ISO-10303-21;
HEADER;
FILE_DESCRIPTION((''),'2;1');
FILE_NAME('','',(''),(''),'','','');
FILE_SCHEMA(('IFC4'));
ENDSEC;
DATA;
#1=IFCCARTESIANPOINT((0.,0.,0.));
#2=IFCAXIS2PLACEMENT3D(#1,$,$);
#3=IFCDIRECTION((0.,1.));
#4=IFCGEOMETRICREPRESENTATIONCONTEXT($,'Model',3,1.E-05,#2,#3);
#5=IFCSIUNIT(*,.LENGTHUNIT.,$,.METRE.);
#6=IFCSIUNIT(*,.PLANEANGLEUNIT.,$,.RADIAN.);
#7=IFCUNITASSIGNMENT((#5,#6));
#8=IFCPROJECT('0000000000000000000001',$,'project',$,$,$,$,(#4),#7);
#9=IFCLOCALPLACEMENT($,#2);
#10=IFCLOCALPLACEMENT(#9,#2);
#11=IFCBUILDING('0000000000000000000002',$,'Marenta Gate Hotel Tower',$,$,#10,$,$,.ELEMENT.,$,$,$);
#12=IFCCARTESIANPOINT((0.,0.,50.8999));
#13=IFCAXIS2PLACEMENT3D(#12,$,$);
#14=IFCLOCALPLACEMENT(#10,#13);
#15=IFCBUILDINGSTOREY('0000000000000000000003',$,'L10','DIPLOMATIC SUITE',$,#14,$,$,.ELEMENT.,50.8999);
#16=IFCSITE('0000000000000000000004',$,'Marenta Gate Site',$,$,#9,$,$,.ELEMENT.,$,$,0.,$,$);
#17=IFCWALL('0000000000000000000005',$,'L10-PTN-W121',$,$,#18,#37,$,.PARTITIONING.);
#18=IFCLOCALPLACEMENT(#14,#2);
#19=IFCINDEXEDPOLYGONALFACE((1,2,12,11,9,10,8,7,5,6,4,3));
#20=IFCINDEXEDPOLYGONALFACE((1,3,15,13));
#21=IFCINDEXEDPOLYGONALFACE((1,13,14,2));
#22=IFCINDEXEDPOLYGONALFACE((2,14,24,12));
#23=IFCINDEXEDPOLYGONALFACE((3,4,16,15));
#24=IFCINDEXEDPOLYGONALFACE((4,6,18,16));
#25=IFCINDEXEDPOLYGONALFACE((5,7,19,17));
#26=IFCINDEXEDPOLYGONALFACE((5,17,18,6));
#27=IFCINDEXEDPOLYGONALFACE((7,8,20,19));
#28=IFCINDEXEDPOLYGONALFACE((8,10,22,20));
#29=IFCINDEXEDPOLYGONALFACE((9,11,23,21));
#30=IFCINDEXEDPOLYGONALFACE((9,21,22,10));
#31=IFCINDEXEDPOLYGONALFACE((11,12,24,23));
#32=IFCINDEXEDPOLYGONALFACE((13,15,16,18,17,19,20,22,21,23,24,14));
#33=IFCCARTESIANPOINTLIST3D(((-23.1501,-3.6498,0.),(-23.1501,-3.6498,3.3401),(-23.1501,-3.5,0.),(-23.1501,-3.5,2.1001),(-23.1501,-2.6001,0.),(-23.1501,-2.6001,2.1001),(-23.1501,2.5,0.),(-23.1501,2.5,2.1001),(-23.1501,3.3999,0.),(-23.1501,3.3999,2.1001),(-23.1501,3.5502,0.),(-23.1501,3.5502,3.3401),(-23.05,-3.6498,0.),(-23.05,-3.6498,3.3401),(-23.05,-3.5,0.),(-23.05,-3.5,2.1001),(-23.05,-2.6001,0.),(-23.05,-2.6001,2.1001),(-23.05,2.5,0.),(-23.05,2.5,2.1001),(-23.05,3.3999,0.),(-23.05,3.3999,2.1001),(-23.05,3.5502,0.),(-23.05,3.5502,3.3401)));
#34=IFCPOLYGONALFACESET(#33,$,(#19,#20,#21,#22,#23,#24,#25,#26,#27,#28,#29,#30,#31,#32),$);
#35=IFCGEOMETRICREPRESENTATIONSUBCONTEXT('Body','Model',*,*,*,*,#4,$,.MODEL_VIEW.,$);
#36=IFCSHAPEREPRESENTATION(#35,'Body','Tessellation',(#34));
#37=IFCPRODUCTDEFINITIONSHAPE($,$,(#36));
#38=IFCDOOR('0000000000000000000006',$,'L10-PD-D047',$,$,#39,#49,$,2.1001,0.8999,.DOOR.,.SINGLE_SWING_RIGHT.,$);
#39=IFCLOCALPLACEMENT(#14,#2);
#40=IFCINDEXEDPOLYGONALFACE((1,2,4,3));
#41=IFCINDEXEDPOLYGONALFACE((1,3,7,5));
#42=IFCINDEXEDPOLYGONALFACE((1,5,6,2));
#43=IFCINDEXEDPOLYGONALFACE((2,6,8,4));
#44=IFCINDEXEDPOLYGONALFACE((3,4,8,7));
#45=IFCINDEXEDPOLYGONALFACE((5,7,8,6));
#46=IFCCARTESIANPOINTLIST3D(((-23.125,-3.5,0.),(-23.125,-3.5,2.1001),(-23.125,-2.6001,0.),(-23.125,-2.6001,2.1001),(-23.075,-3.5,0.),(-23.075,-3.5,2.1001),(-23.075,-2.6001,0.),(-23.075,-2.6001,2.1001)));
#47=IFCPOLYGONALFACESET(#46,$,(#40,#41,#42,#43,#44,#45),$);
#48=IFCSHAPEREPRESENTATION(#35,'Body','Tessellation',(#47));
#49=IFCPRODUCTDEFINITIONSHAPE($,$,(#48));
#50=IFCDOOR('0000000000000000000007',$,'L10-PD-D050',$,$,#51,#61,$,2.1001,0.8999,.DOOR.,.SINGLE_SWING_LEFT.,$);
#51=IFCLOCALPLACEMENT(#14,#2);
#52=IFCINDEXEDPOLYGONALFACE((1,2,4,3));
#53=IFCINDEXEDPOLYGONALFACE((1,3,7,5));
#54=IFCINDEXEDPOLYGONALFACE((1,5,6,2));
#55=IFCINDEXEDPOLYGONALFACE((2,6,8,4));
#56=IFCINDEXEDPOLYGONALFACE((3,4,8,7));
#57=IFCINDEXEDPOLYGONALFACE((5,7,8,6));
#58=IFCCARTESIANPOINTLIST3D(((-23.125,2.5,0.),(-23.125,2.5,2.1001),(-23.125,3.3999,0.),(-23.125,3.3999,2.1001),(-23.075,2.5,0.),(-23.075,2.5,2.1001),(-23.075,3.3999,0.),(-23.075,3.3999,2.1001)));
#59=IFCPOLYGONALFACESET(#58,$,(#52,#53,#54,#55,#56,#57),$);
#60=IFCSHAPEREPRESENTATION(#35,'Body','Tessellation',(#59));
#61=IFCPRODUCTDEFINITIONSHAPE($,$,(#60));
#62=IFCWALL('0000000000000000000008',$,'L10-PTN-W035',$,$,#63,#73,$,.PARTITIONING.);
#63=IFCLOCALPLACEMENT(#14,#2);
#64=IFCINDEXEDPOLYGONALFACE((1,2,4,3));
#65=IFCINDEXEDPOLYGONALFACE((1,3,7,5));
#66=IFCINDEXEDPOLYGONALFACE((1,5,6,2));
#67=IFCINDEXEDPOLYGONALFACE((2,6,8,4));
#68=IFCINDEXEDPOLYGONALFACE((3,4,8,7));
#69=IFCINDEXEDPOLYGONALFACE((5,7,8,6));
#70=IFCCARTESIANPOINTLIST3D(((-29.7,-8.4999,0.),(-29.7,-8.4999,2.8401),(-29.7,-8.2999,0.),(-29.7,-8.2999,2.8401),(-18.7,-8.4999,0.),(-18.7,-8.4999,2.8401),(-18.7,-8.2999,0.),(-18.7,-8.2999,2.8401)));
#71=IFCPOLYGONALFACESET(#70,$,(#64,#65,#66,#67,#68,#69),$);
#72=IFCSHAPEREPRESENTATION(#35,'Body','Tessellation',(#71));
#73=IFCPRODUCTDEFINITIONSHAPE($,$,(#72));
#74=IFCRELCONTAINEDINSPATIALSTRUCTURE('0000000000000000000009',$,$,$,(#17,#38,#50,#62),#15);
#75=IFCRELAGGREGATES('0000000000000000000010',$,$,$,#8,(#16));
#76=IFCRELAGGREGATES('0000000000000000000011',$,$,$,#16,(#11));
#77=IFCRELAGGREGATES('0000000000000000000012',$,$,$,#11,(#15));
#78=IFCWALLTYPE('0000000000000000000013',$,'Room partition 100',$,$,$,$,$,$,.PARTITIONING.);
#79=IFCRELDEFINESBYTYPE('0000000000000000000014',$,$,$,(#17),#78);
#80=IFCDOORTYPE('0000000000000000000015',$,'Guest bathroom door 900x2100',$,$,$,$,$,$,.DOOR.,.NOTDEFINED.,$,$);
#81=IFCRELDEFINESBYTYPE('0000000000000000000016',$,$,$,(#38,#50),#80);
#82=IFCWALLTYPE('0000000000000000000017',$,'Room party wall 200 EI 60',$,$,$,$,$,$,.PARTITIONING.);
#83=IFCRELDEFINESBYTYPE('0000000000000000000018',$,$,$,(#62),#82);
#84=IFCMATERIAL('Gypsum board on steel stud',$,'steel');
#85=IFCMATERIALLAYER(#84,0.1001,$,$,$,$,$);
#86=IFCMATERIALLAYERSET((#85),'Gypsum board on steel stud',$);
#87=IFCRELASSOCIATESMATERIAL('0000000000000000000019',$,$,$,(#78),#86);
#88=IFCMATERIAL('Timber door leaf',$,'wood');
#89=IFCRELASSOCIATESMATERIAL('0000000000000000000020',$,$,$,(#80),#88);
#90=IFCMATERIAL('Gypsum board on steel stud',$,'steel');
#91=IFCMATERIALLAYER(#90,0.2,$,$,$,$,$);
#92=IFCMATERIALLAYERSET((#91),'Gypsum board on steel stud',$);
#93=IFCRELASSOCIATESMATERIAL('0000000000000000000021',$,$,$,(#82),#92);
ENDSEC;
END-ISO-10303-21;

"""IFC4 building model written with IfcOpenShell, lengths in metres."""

from ifc_helpers import new_model, si_unit, direction, frame, frame_2d, origin, place, context, subcontext, project, spatial, rectangle, extrude, material, layer, layer_set, type_object, element, fill, save


model = new_model("IFC4")

# Units and contexts
model_context = context("Model", 3, precision=1e-05, world=origin(), true_north=direction((0.0, 1.0)))
body_context = subcontext(model_context, "Body", "Model", "MODEL_VIEW")
ifc_project = project(units=[si_unit("LENGTHUNIT", "METRE"), si_unit("PLANEANGLEUNIT", "RADIAN")], contexts=[model_context])

# Site, building, storey
site_placement = place(None, origin())
site = spatial("IfcSite", under=ifc_project, at=site_placement, Name="Marenta Gate Site", CompositionType="ELEMENT", RefElevation=0.0)
building_placement = place(site_placement, origin())
building = spatial("IfcBuilding", under=site, at=building_placement, Name="Marenta Gate Hotel Tower", CompositionType="ELEMENT")
storey_placement = place(building_placement, frame((0.0, 0.0, 50.8999)))
storey = spatial("IfcBuildingStorey", under=building, at=storey_placement, Name="L10", Description="DIPLOMATIC SUITE", CompositionType="ELEMENT", Elevation=50.8999)

# Shared definitions
ifc_material_1 = material(Name="Gypsum board on steel stud", Category="steel")
ifc_layer_1 = layer(ifc_material_1, 0.1001)
ifc_layer_set_1 = layer_set([ifc_layer_1], Name="Gypsum board on steel stud")
wall_type_1 = type_object("IfcWallType", Name="Room partition 100", PredefinedType="PARTITIONING", material=ifc_layer_set_1)

# Wall, openings, doors
wall_1_placement = place(storey_placement, frame((-23.1001, -3.6499, 0.0), z_axis=(0.0, 0.0, 1.0), x_axis=(0.0, 1.0, 0.0)))
wall_1 = element("IfcWall", 1, at=wall_1_placement, inside=storey, type_object=wall_type_1, Name="L10-PTN-W121", PredefinedType="PARTITIONING", context=body_context, shape_type="SweptSolid", body=[
    extrude(rectangle(XDim=7.2, YDim=0.1001, at=frame_2d((3.6001, 0.0))), origin(), (0.0, 0.0, 1.0), 3.3401),
])
opening_1_placement = place(wall_1_placement, frame((0.1499, 0.0, 0.0)))
opening_1 = element("IfcOpeningElement", 2, at=opening_1_placement, cuts=wall_1, PredefinedType="OPENING", context=body_context, shape_type="SweptSolid", body=[
    extrude(rectangle(XDim=0.8999, YDim=2.1001, at=frame_2d((0.45, 1.05))), frame((0.0, 0.05, 0.0), z_axis=(0.0, -1.0, 0.0), x_axis=(1.0, 0.0, 0.0)), (0.0, 0.0, 1.0), 0.1001),
])
opening_2_placement = place(wall_1_placement, frame((6.1499, 0.0, 0.0)))
opening_2 = element("IfcOpeningElement", 3, at=opening_2_placement, cuts=wall_1, PredefinedType="OPENING", context=body_context, shape_type="SweptSolid", body=[
    extrude(rectangle(XDim=0.8999, YDim=2.1001, at=frame_2d((0.45, 1.05))), frame((0.0, 0.05, 0.0), z_axis=(0.0, -1.0, 0.0), x_axis=(1.0, 0.0, 0.0)), (0.0, 0.0, 1.0), 0.1001),
])
ifc_material_2 = material(Name="Timber door leaf", Category="wood")
door_type_1 = type_object("IfcDoorType", Name="Guest bathroom door 900x2100", OperationType="NOTDEFINED", PredefinedType="DOOR", material=ifc_material_2)
door_1_placement = place(opening_1_placement, origin())
door_1 = element("IfcDoor", 4, at=door_1_placement, inside=storey, type_object=door_type_1, Name="L10-PD-D047", OperationType="SINGLE_SWING_RIGHT", OverallHeight=2.1001, OverallWidth=0.8999, PredefinedType="DOOR", context=body_context, shape_type="SweptSolid", body=[
    extrude(rectangle(XDim=0.8999, YDim=2.1001, at=frame_2d((0.45, 1.05))), frame((0.0, 0.0249, 0.0), z_axis=(0.0, -1.0, 0.0), x_axis=(1.0, 0.0, 0.0)), (0.0, 0.0, 1.0), 0.05),
])
fill(opening_1, door_1)
door_2_placement = place(opening_2_placement, origin())
door_2 = element("IfcDoor", 5, at=door_2_placement, inside=storey, type_object=door_type_1, Name="L10-PD-D050", OperationType="SINGLE_SWING_LEFT", OverallHeight=2.1001, OverallWidth=0.8999, PredefinedType="DOOR", context=body_context, shape_type="SweptSolid", body=[
    extrude(rectangle(XDim=0.8999, YDim=2.1001, at=frame_2d((0.45, 1.05))), frame((0.0, 0.0249, 0.0), z_axis=(0.0, -1.0, 0.0), x_axis=(1.0, 0.0, 0.0)), (0.0, 0.0, 1.0), 0.05),
])
fill(opening_2, door_2)

# Wall
ifc_material_3 = material(Name="Gypsum board on steel stud", Category="steel")
ifc_layer_2 = layer(ifc_material_3, 0.2)
ifc_layer_set_2 = layer_set([ifc_layer_2], Name="Gypsum board on steel stud")
wall_type_2 = type_object("IfcWallType", Name="Room party wall 200 EI 60", PredefinedType="PARTITIONING", material=ifc_layer_set_2)
wall_2_placement = place(storey_placement, frame((-29.7, -8.3999, 0.0), z_axis=(0.0, 0.0, 1.0), x_axis=(1.0, 0.0, 0.0)))
element("IfcWall", 6, at=wall_2_placement, inside=storey, type_object=wall_type_2, Name="L10-PTN-W035", PredefinedType="PARTITIONING", context=body_context, shape_type="SweptSolid", body=[
    extrude(rectangle(XDim=11.0, YDim=0.2, at=frame_2d((5.5, 0.0))), origin(), (0.0, 0.0, 1.0), 2.8401),
])

save(model, "model.ifc")
